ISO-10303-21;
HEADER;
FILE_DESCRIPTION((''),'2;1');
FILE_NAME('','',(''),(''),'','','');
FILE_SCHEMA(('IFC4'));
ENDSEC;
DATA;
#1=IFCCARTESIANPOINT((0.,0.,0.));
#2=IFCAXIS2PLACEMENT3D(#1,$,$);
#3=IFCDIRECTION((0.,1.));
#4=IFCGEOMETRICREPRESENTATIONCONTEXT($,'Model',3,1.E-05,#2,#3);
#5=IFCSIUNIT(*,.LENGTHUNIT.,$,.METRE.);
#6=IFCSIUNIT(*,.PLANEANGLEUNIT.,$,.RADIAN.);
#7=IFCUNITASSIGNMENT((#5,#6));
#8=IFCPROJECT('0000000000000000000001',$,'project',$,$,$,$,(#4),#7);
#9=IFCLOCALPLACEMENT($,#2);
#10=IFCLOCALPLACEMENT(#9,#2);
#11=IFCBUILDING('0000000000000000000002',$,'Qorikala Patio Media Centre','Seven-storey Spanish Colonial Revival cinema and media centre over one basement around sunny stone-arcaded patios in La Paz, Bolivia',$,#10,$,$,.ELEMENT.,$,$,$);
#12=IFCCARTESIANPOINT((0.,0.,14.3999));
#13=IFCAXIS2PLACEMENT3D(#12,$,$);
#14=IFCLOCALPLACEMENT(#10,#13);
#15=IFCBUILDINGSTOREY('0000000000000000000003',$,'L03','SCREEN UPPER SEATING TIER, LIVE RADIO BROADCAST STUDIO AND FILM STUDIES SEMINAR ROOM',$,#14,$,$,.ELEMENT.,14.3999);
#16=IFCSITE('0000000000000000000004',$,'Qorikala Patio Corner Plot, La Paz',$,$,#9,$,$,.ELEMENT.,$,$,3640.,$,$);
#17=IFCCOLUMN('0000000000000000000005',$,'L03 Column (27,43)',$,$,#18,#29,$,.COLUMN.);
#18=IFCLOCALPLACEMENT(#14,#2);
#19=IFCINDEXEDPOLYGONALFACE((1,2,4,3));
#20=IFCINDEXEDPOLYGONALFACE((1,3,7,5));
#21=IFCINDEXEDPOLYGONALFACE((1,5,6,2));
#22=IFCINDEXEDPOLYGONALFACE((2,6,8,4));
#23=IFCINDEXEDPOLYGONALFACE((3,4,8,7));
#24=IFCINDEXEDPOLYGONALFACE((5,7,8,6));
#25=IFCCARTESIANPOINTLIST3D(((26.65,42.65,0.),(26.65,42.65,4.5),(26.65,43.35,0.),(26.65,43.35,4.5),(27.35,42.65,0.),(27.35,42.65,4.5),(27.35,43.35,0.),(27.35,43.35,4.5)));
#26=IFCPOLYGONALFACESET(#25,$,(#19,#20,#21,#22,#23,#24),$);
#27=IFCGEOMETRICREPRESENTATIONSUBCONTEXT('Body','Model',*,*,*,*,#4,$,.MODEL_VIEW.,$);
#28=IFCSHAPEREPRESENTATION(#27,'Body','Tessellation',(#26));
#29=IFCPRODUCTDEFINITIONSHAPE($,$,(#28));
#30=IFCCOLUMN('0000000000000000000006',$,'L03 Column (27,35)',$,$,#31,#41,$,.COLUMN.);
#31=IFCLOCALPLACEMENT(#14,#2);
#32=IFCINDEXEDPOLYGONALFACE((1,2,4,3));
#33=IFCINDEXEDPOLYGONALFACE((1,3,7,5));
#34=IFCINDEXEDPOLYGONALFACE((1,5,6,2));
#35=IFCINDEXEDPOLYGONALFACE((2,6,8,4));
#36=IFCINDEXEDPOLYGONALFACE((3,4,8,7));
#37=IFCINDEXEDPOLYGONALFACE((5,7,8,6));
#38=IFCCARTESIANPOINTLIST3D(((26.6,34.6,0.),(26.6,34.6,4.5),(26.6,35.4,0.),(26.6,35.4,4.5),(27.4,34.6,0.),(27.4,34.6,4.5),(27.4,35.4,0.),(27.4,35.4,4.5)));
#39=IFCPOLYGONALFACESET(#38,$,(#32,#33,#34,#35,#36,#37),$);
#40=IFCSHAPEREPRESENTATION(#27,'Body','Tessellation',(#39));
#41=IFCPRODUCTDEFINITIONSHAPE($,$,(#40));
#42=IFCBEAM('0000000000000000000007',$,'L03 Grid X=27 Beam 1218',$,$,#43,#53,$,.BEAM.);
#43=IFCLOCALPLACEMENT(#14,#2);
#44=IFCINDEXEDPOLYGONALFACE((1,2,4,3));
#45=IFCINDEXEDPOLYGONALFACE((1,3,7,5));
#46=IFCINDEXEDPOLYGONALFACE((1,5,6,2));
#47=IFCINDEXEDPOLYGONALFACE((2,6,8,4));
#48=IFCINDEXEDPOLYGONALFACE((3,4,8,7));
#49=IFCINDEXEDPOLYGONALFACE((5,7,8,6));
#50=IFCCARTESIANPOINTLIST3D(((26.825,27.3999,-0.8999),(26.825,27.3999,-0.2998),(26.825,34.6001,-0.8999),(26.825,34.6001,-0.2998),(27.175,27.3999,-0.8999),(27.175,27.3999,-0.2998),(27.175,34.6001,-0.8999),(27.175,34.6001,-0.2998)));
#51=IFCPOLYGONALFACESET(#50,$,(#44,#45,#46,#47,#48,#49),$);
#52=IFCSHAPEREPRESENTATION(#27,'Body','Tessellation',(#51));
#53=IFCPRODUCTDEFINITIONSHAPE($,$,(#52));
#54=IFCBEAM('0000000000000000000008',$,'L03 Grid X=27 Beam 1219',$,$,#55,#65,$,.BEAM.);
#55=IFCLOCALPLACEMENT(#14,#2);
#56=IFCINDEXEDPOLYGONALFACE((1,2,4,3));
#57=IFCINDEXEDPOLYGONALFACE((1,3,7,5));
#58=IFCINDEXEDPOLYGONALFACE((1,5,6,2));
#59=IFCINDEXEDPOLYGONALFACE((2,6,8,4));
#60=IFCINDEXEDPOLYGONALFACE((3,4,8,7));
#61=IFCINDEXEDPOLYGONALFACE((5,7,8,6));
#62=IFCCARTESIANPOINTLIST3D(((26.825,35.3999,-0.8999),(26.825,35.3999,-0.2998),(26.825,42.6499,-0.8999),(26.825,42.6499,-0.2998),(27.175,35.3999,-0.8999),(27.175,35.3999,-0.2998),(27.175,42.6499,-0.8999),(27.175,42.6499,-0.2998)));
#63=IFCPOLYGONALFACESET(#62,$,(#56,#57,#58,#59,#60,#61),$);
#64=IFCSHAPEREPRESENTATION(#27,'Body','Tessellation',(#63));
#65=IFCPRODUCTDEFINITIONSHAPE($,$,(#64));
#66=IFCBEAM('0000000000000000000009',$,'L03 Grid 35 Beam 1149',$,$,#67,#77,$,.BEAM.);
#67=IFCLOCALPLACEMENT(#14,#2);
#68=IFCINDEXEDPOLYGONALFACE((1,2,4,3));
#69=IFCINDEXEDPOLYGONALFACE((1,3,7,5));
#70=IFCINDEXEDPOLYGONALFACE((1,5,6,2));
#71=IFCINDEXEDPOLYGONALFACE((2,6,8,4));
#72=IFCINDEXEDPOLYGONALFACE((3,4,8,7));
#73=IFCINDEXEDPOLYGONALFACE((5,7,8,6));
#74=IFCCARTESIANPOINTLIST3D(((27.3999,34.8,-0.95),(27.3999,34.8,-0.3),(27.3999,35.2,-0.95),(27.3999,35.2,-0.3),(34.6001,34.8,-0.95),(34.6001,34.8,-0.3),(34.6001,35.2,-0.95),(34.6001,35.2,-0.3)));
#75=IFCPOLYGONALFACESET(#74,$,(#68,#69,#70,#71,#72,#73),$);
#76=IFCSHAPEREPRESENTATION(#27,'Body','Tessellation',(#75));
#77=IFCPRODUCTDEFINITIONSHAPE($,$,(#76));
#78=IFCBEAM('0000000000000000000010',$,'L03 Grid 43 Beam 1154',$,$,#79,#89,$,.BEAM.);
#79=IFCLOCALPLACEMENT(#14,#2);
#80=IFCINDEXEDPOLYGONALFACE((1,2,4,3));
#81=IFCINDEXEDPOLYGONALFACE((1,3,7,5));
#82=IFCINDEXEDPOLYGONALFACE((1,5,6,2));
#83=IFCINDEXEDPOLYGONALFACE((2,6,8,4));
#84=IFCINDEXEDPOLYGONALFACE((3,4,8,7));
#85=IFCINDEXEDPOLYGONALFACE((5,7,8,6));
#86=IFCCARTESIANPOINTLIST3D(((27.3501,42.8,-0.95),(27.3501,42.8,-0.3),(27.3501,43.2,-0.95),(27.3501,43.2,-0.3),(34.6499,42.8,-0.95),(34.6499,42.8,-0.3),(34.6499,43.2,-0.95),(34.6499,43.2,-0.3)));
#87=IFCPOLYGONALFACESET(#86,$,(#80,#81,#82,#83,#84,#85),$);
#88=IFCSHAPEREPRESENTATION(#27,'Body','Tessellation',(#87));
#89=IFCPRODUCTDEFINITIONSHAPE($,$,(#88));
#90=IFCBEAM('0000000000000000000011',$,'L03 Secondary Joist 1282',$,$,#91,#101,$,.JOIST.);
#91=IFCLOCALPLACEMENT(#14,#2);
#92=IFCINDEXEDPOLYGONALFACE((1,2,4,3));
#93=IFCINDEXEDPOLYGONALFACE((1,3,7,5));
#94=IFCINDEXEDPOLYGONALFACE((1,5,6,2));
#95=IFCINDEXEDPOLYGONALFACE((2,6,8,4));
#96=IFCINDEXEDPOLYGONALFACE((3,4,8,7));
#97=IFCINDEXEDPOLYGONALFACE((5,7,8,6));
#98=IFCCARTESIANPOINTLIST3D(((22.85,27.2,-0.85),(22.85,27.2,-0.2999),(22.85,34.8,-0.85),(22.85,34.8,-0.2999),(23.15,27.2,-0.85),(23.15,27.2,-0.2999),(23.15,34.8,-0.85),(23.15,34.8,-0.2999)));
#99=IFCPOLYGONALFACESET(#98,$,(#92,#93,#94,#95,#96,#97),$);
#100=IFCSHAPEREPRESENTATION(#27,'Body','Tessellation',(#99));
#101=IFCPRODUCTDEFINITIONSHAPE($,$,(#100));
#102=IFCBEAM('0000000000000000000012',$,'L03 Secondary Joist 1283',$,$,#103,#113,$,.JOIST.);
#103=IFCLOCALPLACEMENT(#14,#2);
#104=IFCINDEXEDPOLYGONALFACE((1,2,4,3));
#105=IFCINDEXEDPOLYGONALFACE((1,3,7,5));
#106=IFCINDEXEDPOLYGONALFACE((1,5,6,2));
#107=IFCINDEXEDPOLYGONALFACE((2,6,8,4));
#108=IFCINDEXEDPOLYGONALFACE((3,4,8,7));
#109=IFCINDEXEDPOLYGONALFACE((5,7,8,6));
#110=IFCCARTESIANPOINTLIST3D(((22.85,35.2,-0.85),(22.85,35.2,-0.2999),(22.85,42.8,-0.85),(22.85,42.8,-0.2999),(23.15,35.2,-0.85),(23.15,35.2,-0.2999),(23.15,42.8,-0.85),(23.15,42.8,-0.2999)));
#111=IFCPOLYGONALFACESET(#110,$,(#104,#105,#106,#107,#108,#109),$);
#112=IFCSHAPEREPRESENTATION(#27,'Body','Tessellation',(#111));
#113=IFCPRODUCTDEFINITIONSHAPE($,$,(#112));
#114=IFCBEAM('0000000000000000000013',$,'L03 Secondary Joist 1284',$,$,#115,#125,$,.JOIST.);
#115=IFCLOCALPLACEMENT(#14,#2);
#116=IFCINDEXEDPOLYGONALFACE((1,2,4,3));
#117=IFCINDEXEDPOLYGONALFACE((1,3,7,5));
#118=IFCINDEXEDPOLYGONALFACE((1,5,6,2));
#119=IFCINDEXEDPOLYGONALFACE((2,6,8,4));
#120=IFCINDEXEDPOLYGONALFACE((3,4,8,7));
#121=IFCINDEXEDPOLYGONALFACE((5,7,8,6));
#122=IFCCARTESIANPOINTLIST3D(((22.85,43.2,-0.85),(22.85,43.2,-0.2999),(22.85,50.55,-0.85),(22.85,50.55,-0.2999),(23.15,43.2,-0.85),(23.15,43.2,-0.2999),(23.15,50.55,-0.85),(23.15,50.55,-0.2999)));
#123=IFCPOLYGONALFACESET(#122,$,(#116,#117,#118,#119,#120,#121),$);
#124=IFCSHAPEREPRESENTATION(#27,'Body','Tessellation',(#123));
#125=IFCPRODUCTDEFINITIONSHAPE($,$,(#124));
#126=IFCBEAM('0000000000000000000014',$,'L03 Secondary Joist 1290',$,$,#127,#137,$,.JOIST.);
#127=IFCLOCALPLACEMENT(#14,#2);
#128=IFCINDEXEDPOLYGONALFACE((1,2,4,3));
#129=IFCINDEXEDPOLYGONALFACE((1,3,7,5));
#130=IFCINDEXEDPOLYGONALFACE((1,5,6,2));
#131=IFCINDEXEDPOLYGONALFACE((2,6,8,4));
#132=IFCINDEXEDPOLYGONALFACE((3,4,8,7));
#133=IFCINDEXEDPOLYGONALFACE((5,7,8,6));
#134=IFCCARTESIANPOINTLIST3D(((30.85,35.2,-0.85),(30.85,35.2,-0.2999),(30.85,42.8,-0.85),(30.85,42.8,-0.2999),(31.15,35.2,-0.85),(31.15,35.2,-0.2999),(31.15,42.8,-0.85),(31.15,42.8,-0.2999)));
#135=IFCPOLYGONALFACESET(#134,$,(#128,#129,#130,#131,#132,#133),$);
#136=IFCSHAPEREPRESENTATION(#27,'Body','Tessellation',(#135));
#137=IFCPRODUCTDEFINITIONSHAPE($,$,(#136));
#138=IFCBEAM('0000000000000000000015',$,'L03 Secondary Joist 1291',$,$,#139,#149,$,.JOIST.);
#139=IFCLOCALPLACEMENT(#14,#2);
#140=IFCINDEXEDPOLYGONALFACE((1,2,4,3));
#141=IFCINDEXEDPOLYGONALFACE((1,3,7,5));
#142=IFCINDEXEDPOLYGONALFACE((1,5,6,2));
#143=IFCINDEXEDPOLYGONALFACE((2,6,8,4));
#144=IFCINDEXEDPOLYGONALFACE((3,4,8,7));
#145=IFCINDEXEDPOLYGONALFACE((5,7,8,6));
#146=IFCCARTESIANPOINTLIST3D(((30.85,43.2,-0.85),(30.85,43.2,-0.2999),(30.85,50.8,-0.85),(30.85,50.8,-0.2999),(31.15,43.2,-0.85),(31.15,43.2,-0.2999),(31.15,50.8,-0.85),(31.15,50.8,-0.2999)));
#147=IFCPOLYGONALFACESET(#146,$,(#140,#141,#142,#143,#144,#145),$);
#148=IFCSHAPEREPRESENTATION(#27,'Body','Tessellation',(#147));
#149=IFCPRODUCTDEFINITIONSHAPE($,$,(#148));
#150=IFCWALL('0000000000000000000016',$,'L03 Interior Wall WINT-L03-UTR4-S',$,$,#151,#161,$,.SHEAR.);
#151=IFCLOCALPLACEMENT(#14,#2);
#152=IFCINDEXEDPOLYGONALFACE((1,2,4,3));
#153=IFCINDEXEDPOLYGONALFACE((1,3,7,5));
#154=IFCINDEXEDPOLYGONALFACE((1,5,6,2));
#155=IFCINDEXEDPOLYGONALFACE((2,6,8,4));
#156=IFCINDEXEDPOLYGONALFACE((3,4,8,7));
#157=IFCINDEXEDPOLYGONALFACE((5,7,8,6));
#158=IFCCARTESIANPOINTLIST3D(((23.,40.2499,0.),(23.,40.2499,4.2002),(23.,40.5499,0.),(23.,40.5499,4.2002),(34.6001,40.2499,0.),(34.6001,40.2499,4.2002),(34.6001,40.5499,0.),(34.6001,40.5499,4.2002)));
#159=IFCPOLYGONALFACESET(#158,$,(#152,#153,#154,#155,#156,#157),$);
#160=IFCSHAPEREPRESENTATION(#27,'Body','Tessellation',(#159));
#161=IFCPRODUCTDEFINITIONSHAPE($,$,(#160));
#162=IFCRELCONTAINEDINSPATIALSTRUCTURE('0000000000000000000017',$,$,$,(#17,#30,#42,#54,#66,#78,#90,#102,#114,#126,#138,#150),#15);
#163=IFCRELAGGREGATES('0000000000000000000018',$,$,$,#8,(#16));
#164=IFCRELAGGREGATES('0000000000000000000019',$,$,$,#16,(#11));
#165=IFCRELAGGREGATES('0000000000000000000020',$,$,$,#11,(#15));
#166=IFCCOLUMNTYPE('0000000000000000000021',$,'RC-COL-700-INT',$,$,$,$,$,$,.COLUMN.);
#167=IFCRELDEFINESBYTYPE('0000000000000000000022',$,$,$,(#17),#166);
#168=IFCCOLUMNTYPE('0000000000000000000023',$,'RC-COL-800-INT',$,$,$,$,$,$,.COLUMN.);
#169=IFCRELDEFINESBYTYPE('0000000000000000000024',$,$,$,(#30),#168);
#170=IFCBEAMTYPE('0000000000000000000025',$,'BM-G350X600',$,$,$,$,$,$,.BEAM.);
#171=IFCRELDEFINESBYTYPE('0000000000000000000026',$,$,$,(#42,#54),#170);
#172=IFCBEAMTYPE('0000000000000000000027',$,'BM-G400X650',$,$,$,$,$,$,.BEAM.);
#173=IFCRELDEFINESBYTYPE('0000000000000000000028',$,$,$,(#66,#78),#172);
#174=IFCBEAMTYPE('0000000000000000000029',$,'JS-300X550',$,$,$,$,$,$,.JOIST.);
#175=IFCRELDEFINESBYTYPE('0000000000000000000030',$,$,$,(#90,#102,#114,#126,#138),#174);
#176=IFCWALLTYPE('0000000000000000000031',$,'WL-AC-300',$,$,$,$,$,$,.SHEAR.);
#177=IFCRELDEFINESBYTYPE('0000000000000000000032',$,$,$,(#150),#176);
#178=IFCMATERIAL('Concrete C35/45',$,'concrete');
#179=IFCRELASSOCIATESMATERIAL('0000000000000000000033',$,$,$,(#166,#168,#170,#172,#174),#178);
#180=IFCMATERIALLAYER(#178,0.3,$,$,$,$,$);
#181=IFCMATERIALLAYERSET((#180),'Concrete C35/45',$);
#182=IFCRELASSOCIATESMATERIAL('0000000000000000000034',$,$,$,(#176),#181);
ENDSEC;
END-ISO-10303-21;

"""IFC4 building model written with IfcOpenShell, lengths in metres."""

from ifc_helpers import new_model, si_unit, direction, frame, frame_2d, origin, origin_2d, place, context, subcontext, project, spatial, rectangle, extrude, material, layer, layer_set, material_profile, profile_set, type_object, element, save


model = new_model("IFC4")

# Units and contexts
model_context = context("Model", 3, precision=1e-05, world=origin(), true_north=direction((0.0, 1.0)))
body_context = subcontext(model_context, "Body", "Model", "MODEL_VIEW")
ifc_project = project(units=[si_unit("LENGTHUNIT", "METRE"), si_unit("PLANEANGLEUNIT", "RADIAN")], contexts=[model_context])

# Site, building, storey
site_placement = place(None, origin())
site = spatial("IfcSite", under=ifc_project, at=site_placement, Name="Qorikala Patio Corner Plot, La Paz", CompositionType="ELEMENT", RefElevation=3640.0)
building_placement = place(site_placement, origin())
building = spatial("IfcBuilding", under=site, at=building_placement, Name="Qorikala Patio Media Centre", Description="Seven-storey Spanish Colonial Revival cinema and media centre over one basement around sunny stone-arcaded patios in La Paz, Bolivia", CompositionType="ELEMENT")
storey_placement = place(building_placement, frame((0.0, 0.0, 14.3999)))
storey = spatial("IfcBuildingStorey", under=building, at=storey_placement, Name="L03", Description="SCREEN UPPER SEATING TIER, LIVE RADIO BROADCAST STUDIO AND FILM STUDIES SEMINAR ROOM", CompositionType="ELEMENT", Elevation=14.3999)

# Columns
ifc_material_1 = material(Name="Concrete C35/45", Category="concrete")
ifc_material_profile_1 = material_profile(ifc_material_1, rectangle(XDim=0.7, YDim=0.7, at=origin_2d()), Name="RC 700x700")
ifc_profile_set_1 = profile_set([ifc_material_profile_1], Name="Concrete C35/45")
column_type_1 = type_object("IfcColumnType", Name="RC-COL-700-INT", PredefinedType="COLUMN", material=ifc_profile_set_1)
column_1_placement = place(storey_placement, frame((27.0, 43.0, 0.0), z_axis=(0.0, 0.0, 1.0), x_axis=(1.0, 0.0, 0.0)))
element("IfcColumn", 1, at=column_1_placement, inside=storey, type_object=column_type_1, Name="L03 Column (27,43)", PredefinedType="COLUMN", context=body_context, shape_type="SweptSolid", body=[
    extrude(rectangle(XDim=0.7, YDim=0.7, at=origin_2d()), origin(), (0.0, 0.0, 1.0), 4.5),
])
ifc_material_profile_2 = material_profile(ifc_material_1, rectangle(XDim=0.8, YDim=0.8, at=origin_2d()), Name="RC 800x800")
ifc_profile_set_2 = profile_set([ifc_material_profile_2], Name="Concrete C35/45")
column_type_2 = type_object("IfcColumnType", Name="RC-COL-800-INT", PredefinedType="COLUMN", material=ifc_profile_set_2)
column_2_placement = place(storey_placement, frame((27.0, 35.0, 0.0), z_axis=(0.0, 0.0, 1.0), x_axis=(1.0, 0.0, 0.0)))
element("IfcColumn", 2, at=column_2_placement, inside=storey, type_object=column_type_2, Name="L03 Column (27,35)", PredefinedType="COLUMN", context=body_context, shape_type="SweptSolid", body=[
    extrude(rectangle(XDim=0.8, YDim=0.8, at=origin_2d()), origin(), (0.0, 0.0, 1.0), 4.5),
])

# Beams
ifc_material_profile_3 = material_profile(ifc_material_1, rectangle(XDim=0.3501, YDim=0.6001, at=origin_2d()), Name="RC 350x600")
ifc_profile_set_3 = profile_set([ifc_material_profile_3], Name="Concrete C35/45")
beam_type_1 = type_object("IfcBeamType", Name="BM-G350X600", PredefinedType="BEAM", material=ifc_profile_set_3)
beam_1_placement = place(storey_placement, frame((27.0, 27.3999, -0.5999), z_axis=(0.0, 1.0, 0.0), x_axis=(-1.0, 0.0, 0.0)))
element("IfcBeam", 3, at=beam_1_placement, inside=storey, type_object=beam_type_1, Name="L03 Grid X=27 Beam 1218", PredefinedType="BEAM", context=body_context, shape_type="SweptSolid", body=[
    extrude(rectangle(XDim=0.3501, YDim=0.6001, at=origin_2d()), origin(), (0.0, 0.0, 1.0), 7.2002),
])
beam_2_placement = place(storey_placement, frame((27.0, 35.3999, -0.5999), z_axis=(0.0, 1.0, 0.0), x_axis=(-1.0, 0.0, 0.0)))
element("IfcBeam", 4, at=beam_2_placement, inside=storey, type_object=beam_type_1, Name="L03 Grid X=27 Beam 1219", PredefinedType="BEAM", context=body_context, shape_type="SweptSolid", body=[
    extrude(rectangle(XDim=0.3501, YDim=0.6001, at=origin_2d()), origin(), (0.0, 0.0, 1.0), 7.25),
])
ifc_material_profile_4 = material_profile(ifc_material_1, rectangle(XDim=0.3999, YDim=0.6499, at=origin_2d()), Name="RC 400x650")
ifc_profile_set_4 = profile_set([ifc_material_profile_4], Name="Concrete C35/45")
beam_type_2 = type_object("IfcBeamType", Name="BM-G400X650", PredefinedType="BEAM", material=ifc_profile_set_4)
beam_3_placement = place(storey_placement, frame((27.3999, 35.0, -0.625), z_axis=(1.0, 0.0, 0.0), x_axis=(0.0, 1.0, 0.0)))
element("IfcBeam", 5, at=beam_3_placement, inside=storey, type_object=beam_type_2, Name="L03 Grid 35 Beam 1149", PredefinedType="BEAM", context=body_context, shape_type="SweptSolid", body=[
    extrude(rectangle(XDim=0.3999, YDim=0.6499, at=origin_2d()), origin(), (0.0, 0.0, 1.0), 7.2002),
])
beam_4_placement = place(storey_placement, frame((27.3501, 43.0, -0.625), z_axis=(1.0, 0.0, 0.0), x_axis=(0.0, 1.0, 0.0)))
element("IfcBeam", 6, at=beam_4_placement, inside=storey, type_object=beam_type_2, Name="L03 Grid 43 Beam 1154", PredefinedType="BEAM", context=body_context, shape_type="SweptSolid", body=[
    extrude(rectangle(XDim=0.3999, YDim=0.6499, at=origin_2d()), origin(), (0.0, 0.0, 1.0), 7.2998),
])
ifc_material_profile_5 = material_profile(ifc_material_1, rectangle(XDim=0.3, YDim=0.55, at=origin_2d()), Name="RC 300x550")
ifc_profile_set_5 = profile_set([ifc_material_profile_5], Name="Concrete C35/45")
beam_type_3 = type_object("IfcBeamType", Name="JS-300X550", PredefinedType="JOIST", material=ifc_profile_set_5)
for number, where, z_axis, x_axis, name in (
    (7, (23.0, 27.2, -0.575), (0.0, 1.0, 0.0), (-1.0, 0.0, 0.0), "L03 Secondary Joist 1282"),
    (8, (23.0, 35.2, -0.575), (0.0, 1.0, 0.0), (-1.0, 0.0, 0.0), "L03 Secondary Joist 1283"),
):
    element("IfcBeam", number, at=place(storey_placement, frame(where, z_axis=z_axis, x_axis=x_axis)), inside=storey, type_object=beam_type_3, Name=name, PredefinedType="JOIST", context=body_context, shape_type="SweptSolid", body=[
        extrude(rectangle(XDim=0.3, YDim=0.55, at=origin_2d()), origin(), (0.0, 0.0, 1.0), 7.6001),
    ])
beam_5_placement = place(storey_placement, frame((23.0, 43.2, -0.575), z_axis=(0.0, 1.0, 0.0), x_axis=(-1.0, 0.0, 0.0)))
element("IfcBeam", 9, at=beam_5_placement, inside=storey, type_object=beam_type_3, Name="L03 Secondary Joist 1284", PredefinedType="JOIST", context=body_context, shape_type="SweptSolid", body=[
    extrude(rectangle(XDim=0.3, YDim=0.55, at=origin_2d()), origin(), (0.0, 0.0, 1.0), 7.3501),
])
for number, where, z_axis, x_axis, name in (
    (10, (31.0, 35.2, -0.575), (0.0, 1.0, 0.0), (-1.0, 0.0, 0.0), "L03 Secondary Joist 1290"),
    (11, (31.0, 43.2, -0.575), (0.0, 1.0, 0.0), (-1.0, 0.0, 0.0), "L03 Secondary Joist 1291"),
):
    element("IfcBeam", number, at=place(storey_placement, frame(where, z_axis=z_axis, x_axis=x_axis)), inside=storey, type_object=beam_type_3, Name=name, PredefinedType="JOIST", context=body_context, shape_type="SweptSolid", body=[
        extrude(rectangle(XDim=0.3, YDim=0.55, at=origin_2d()), origin(), (0.0, 0.0, 1.0), 7.6001),
    ])

# Wall
ifc_layer_1 = layer(ifc_material_1, 0.3)
ifc_layer_set_1 = layer_set([ifc_layer_1], Name="Concrete C35/45")
wall_type_1 = type_object("IfcWallType", Name="WL-AC-300", PredefinedType="SHEAR", material=ifc_layer_set_1)
wall_1_placement = place(storey_placement, frame((23.0, 40.3999, 0.0), z_axis=(0.0, 0.0, 1.0), x_axis=(1.0, 0.0, 0.0)))
element("IfcWall", 12, at=wall_1_placement, inside=storey, type_object=wall_type_1, Name="L03 Interior Wall WINT-L03-UTR4-S", PredefinedType="SHEAR", context=body_context, shape_type="SweptSolid", body=[
    extrude(rectangle(XDim=11.6001, YDim=0.3, at=frame_2d((5.8, 0.0))), origin(), (0.0, 0.0, 1.0), 4.2002),
])

save(model, "model.ifc")
